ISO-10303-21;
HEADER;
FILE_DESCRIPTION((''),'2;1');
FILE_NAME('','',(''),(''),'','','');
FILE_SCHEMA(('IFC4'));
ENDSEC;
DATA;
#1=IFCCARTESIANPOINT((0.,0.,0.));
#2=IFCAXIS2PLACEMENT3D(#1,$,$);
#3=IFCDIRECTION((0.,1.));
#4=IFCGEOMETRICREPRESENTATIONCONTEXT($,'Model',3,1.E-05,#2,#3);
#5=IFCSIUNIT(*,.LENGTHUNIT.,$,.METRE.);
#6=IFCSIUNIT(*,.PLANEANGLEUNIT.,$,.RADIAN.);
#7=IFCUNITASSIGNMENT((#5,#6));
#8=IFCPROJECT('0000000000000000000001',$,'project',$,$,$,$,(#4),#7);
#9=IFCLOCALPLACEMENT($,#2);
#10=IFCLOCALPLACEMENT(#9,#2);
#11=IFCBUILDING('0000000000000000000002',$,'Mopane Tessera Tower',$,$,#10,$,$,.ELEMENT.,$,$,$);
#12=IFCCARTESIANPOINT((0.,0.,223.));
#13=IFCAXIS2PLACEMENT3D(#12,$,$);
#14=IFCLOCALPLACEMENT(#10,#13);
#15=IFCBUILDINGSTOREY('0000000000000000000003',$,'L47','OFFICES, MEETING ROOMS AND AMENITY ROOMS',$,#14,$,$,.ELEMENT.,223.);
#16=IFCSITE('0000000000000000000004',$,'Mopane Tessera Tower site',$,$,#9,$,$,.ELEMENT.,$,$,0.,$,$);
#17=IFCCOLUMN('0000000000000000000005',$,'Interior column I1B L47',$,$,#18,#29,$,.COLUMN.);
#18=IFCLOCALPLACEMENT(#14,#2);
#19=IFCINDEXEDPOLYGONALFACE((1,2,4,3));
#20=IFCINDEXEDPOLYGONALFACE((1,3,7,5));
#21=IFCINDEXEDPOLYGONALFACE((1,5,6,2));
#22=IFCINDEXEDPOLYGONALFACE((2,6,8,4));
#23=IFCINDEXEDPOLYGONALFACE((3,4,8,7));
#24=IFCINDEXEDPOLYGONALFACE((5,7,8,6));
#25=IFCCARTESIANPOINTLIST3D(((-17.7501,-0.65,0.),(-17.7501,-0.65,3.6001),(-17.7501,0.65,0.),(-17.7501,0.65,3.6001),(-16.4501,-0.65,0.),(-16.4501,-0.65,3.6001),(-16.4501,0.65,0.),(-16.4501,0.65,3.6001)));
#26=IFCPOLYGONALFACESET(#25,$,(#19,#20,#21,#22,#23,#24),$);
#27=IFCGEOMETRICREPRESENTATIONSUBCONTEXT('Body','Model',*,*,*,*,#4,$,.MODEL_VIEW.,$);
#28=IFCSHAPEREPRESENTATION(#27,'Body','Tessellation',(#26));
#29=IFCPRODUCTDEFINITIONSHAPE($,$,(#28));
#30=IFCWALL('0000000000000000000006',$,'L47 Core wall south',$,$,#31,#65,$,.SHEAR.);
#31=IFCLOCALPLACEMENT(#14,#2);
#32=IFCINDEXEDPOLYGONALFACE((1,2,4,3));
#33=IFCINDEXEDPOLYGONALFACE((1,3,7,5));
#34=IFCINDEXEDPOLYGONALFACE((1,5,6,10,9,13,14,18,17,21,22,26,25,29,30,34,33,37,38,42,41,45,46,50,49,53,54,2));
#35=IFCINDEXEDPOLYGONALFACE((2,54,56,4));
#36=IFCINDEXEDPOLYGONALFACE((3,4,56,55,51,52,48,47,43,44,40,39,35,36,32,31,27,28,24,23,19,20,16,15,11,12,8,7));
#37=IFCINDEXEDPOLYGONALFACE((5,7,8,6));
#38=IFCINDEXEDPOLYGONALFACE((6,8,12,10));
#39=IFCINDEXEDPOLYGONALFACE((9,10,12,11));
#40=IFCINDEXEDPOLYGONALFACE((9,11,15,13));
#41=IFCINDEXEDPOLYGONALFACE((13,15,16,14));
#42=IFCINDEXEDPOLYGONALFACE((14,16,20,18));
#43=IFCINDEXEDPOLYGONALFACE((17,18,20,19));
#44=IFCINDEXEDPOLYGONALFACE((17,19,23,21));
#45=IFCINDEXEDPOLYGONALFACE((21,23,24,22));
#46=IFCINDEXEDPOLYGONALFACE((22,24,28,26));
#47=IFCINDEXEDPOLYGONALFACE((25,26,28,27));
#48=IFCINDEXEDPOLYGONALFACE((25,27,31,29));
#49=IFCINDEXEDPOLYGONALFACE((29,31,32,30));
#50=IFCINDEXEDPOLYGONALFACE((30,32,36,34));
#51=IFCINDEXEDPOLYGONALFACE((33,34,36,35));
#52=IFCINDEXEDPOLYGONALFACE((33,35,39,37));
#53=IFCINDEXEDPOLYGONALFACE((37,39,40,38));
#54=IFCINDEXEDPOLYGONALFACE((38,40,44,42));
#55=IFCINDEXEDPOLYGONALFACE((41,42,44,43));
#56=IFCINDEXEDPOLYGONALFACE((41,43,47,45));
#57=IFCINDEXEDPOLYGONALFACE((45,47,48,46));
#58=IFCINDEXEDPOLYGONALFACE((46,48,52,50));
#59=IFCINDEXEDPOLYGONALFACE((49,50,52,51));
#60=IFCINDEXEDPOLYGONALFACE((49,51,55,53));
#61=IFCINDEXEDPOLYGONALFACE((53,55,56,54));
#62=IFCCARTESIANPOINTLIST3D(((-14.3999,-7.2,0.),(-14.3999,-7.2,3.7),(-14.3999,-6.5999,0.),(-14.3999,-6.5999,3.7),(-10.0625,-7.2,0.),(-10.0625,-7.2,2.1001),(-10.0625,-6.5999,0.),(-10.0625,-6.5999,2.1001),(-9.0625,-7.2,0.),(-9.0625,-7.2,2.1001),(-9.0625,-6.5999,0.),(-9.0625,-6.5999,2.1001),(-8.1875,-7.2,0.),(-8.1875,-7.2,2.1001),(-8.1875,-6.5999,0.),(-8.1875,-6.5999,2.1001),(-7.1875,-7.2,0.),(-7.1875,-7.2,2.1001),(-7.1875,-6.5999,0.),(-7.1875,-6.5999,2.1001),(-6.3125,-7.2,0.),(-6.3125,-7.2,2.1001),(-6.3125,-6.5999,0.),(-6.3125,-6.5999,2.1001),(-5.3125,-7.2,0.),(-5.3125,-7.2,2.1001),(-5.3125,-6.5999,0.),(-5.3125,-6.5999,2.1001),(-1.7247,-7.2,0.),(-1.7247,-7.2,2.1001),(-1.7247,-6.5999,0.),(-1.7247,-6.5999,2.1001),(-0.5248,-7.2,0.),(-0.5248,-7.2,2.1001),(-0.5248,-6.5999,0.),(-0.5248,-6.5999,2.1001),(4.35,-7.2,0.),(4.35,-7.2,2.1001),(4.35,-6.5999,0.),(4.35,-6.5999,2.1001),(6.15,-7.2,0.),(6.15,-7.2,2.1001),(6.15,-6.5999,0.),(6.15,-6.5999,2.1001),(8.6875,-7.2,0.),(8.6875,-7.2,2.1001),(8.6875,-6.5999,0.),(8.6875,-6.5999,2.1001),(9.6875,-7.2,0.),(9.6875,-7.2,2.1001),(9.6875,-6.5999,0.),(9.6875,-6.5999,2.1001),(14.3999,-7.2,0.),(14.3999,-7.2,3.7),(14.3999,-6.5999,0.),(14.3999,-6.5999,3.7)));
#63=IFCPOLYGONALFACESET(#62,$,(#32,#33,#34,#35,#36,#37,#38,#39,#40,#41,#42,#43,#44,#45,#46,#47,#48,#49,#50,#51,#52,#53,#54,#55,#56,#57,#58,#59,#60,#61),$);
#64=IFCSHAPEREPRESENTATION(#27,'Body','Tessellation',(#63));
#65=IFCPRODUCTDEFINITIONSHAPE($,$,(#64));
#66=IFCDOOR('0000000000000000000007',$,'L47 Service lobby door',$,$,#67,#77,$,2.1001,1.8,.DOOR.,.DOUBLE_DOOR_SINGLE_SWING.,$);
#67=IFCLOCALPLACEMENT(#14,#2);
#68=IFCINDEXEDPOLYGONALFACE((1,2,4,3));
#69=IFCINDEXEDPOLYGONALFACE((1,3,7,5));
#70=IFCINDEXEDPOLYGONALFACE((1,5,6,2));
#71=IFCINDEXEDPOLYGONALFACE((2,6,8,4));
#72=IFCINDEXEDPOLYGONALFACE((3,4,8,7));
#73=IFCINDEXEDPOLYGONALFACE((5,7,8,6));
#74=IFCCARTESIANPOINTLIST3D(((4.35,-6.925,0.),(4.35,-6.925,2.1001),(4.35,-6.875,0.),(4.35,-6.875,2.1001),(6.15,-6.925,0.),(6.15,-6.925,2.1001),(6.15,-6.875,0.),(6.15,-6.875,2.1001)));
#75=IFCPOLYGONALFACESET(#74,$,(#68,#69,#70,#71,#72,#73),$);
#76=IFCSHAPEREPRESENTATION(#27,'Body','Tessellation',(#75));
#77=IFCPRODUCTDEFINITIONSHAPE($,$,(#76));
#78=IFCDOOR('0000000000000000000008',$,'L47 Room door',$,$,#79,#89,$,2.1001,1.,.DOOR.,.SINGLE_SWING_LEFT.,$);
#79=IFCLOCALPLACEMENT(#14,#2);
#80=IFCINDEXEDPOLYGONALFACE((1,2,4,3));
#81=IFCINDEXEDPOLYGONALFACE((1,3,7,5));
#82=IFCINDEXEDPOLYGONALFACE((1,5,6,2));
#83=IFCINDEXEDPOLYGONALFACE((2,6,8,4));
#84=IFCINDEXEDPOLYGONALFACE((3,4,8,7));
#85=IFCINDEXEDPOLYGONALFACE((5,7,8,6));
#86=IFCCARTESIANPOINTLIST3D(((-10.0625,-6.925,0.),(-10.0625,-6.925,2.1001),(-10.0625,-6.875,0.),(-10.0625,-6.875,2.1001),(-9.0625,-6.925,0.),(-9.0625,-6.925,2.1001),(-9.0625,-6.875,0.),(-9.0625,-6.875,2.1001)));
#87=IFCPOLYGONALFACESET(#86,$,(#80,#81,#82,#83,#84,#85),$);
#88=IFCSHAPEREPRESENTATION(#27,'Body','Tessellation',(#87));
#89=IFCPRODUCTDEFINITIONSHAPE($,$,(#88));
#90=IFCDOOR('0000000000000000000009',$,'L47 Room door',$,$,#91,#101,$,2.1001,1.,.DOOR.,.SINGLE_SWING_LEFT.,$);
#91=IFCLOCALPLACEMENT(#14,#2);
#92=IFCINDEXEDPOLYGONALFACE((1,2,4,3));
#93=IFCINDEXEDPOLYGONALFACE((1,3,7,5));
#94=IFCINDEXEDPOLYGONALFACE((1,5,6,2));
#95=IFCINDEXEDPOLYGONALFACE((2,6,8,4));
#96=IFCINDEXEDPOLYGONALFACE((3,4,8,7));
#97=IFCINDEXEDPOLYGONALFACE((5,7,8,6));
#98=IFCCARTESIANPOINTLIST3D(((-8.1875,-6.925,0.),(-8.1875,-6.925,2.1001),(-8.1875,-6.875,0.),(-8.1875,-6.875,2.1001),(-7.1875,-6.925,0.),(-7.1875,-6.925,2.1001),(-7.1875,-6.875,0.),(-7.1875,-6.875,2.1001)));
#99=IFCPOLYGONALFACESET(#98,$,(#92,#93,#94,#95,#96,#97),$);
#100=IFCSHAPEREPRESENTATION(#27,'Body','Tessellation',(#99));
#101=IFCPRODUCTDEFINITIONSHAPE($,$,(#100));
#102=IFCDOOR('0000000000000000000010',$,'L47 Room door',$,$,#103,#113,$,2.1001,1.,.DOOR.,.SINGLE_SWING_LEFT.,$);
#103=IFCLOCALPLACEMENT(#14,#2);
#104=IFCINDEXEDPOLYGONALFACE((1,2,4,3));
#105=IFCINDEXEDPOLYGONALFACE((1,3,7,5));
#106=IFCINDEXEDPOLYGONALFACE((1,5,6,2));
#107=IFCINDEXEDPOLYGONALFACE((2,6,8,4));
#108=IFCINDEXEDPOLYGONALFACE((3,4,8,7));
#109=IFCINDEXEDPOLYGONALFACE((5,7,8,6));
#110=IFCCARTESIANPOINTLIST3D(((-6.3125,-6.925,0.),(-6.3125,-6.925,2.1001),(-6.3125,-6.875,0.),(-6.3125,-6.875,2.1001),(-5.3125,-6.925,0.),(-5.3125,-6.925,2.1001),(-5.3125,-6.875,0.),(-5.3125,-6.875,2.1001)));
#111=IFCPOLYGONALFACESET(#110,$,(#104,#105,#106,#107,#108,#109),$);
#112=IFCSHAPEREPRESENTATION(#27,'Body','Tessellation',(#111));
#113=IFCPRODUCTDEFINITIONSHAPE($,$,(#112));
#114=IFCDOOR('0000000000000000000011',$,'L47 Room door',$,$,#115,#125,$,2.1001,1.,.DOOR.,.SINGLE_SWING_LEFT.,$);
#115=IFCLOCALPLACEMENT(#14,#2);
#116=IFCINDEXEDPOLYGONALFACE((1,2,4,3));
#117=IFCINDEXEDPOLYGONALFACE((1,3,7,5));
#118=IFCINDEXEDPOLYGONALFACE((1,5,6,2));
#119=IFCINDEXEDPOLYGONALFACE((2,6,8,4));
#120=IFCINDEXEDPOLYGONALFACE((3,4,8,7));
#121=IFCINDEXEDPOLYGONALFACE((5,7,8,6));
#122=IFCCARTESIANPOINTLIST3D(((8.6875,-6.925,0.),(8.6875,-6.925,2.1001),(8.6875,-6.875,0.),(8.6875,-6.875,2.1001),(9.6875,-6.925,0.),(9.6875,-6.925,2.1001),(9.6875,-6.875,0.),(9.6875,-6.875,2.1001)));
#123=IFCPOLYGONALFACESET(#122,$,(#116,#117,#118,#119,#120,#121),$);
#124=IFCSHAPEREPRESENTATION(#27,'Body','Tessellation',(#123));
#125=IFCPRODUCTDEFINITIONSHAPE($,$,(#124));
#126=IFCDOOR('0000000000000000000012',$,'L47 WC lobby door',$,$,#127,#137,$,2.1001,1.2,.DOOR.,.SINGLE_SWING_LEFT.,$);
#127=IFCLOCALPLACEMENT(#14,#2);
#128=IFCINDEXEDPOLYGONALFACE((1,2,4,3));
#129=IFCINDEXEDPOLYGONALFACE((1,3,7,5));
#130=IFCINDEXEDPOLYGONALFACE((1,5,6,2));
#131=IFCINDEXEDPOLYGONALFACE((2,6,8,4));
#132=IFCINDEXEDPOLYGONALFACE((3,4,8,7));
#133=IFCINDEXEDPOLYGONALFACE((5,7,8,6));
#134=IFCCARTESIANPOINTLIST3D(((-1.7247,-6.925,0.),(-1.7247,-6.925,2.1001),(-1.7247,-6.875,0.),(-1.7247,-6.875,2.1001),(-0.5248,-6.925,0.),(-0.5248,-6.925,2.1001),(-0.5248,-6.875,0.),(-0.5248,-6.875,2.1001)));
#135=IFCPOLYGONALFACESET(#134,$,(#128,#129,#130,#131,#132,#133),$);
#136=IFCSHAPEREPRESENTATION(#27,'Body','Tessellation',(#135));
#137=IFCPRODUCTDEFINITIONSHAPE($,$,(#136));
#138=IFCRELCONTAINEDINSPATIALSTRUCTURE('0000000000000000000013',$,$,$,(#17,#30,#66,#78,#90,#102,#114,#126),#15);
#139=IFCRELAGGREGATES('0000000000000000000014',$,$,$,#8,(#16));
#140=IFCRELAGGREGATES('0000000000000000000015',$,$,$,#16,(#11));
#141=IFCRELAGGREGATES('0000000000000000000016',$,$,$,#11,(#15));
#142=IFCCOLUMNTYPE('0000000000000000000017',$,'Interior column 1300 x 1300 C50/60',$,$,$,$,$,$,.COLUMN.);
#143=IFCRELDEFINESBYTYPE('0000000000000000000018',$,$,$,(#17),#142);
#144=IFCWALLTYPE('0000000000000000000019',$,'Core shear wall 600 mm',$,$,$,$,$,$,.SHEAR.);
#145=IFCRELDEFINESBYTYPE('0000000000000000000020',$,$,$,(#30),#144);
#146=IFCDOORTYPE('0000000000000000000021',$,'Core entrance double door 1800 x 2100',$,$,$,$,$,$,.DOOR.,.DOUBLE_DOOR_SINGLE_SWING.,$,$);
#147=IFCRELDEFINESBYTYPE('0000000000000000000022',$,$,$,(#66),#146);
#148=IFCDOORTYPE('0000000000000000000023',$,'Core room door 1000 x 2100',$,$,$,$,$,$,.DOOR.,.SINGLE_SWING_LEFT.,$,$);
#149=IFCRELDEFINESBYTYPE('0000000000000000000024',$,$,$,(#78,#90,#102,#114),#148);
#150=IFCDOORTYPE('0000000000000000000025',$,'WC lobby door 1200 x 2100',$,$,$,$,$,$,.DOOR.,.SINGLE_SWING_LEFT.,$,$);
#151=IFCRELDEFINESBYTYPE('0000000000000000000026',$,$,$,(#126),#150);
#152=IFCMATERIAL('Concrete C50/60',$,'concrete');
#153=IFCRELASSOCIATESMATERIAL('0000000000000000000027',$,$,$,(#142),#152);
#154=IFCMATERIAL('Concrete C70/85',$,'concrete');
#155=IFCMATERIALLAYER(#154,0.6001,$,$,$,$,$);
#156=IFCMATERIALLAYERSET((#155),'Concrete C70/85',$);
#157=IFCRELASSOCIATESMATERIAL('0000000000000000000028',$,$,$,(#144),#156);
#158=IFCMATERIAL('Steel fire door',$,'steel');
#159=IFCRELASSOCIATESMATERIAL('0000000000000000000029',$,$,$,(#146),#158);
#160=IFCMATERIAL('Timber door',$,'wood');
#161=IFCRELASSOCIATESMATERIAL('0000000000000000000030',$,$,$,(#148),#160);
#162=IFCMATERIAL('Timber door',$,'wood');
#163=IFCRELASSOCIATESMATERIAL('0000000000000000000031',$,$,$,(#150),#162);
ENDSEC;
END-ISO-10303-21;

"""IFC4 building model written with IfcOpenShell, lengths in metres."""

from ifc_helpers import new_model, si_unit, direction, frame, frame_2d, origin, origin_2d, place, context, subcontext, project, spatial, rectangle, extrude, material, layer, layer_set, material_profile, profile_set, type_object, element, fill, save


model = new_model("IFC4")

# Units and contexts
model_context = context("Model", 3, precision=1e-05, world=origin(), true_north=direction((0.0, 1.0)))
body_context = subcontext(model_context, "Body", "Model", "MODEL_VIEW")
ifc_project = project(units=[si_unit("LENGTHUNIT", "METRE"), si_unit("PLANEANGLEUNIT", "RADIAN")], contexts=[model_context])

# Site, building, storey
site_placement = place(None, origin())
site = spatial("IfcSite", under=ifc_project, at=site_placement, Name="Mopane Tessera Tower site", CompositionType="ELEMENT", RefElevation=0.0)
building_placement = place(site_placement, origin())
building = spatial("IfcBuilding", under=site, at=building_placement, Name="Mopane Tessera Tower", CompositionType="ELEMENT")
storey_placement = place(building_placement, frame((0.0, 0.0, 223.0)))
storey = spatial("IfcBuildingStorey", under=building, at=storey_placement, Name="L47", Description="OFFICES, MEETING ROOMS AND AMENITY ROOMS", CompositionType="ELEMENT", Elevation=223.0)

# Column
ifc_material_1 = material(Name="Concrete C50/60", Category="concrete")
ifc_material_profile = material_profile(ifc_material_1, rectangle(XDim=1.3, YDim=1.3, at=origin_2d()))
ifc_profile_set = profile_set([ifc_material_profile], Name="Concrete C50/60")
column_type = type_object("IfcColumnType", Name="Interior column 1300 x 1300 C50/60", PredefinedType="COLUMN", material=ifc_profile_set)
column_placement = place(storey_placement, frame((-17.1001, 0.0, 0.0), z_axis=(0.0, 0.0, 1.0), x_axis=(1.0, 0.0, 0.0)))
element("IfcColumn", 1, at=column_placement, inside=storey, type_object=column_type, Name="Interior column I1B L47", PredefinedType="COLUMN", context=body_context, shape_type="SweptSolid", body=[
    extrude(rectangle(XDim=1.3, YDim=1.3, at=origin_2d()), origin(), (0.0, 0.0, 1.0), 3.6001),
])

# Wall, openings, doors
ifc_material_2 = material(Name="Concrete C70/85", Category="concrete")
ifc_layer = layer(ifc_material_2, 0.6001)
ifc_layer_set = layer_set([ifc_layer], Name="Concrete C70/85")
wall_type = type_object("IfcWallType", Name="Core shear wall 600 mm", PredefinedType="SHEAR", material=ifc_layer_set)
wall_1_placement = place(storey_placement, frame((-14.3999, -6.8999, 0.0), z_axis=(0.0, 0.0, 1.0), x_axis=(1.0, 0.0, 0.0)))
wall_1 = element("IfcWall", 2, at=wall_1_placement, inside=storey, type_object=wall_type, Name="L47 Core wall south", PredefinedType="SHEAR", context=body_context, shape_type="SweptSolid", body=[
    extrude(rectangle(XDim=28.7998, YDim=0.6001, at=frame_2d((14.3999, 0.0))), origin(), (0.0, 0.0, 1.0), 3.7),
])
opening_1_placement = place(wall_1_placement, frame((4.3374, 0.0, 0.0)))
opening_1 = element("IfcOpeningElement", 3, at=opening_1_placement, cuts=wall_1, PredefinedType="OPENING", context=body_context, shape_type="SweptSolid", body=[
    extrude(rectangle(XDim=1.0, YDim=2.1001, at=frame_2d((0.5, 1.05))), frame((0.0, 0.312, 0.0), z_axis=(0.0, -1.0, 0.0), x_axis=(1.0, 0.0, 0.0)), (0.0, 0.0, 1.0), 0.624),
])
opening_2_placement = place(wall_1_placement, frame((6.2124, 0.0, 0.0)))
opening_2 = element("IfcOpeningElement", 4, at=opening_2_placement, cuts=wall_1, PredefinedType="OPENING", context=body_context, shape_type="SweptSolid", body=[
    extrude(rectangle(XDim=1.0, YDim=2.1001, at=frame_2d((0.5, 1.05))), frame((0.0, 0.312, 0.0), z_axis=(0.0, -1.0, 0.0), x_axis=(1.0, 0.0, 0.0)), (0.0, 0.0, 1.0), 0.624),
])
opening_3_placement = place(wall_1_placement, frame((8.0874, 0.0, 0.0)))
opening_3 = element("IfcOpeningElement", 5, at=opening_3_placement, cuts=wall_1, PredefinedType="OPENING", context=body_context, shape_type="SweptSolid", body=[
    extrude(rectangle(XDim=1.0, YDim=2.1001, at=frame_2d((0.5, 1.05))), frame((0.0, 0.312, 0.0), z_axis=(0.0, -1.0, 0.0), x_axis=(1.0, 0.0, 0.0)), (0.0, 0.0, 1.0), 0.624),
])
opening_4_placement = place(wall_1_placement, frame((12.675, 0.0, 0.0)))
opening_4 = element("IfcOpeningElement", 6, at=opening_4_placement, cuts=wall_1, PredefinedType="OPENING", context=body_context, shape_type="SweptSolid", body=[
    extrude(rectangle(XDim=1.2, YDim=2.1001, at=frame_2d((0.6001, 1.05))), frame((0.0, 0.312, 0.0), z_axis=(0.0, -1.0, 0.0), x_axis=(1.0, 0.0, 0.0)), (0.0, 0.0, 1.0), 0.624),
])
opening_5_placement = place(wall_1_placement, frame((18.75, 0.0, 0.0)))
opening_5 = element("IfcOpeningElement", 7, at=opening_5_placement, cuts=wall_1, PredefinedType="OPENING", context=body_context, shape_type="SweptSolid", body=[
    extrude(rectangle(XDim=1.8, YDim=2.1001, at=frame_2d((0.8999, 1.05))), frame((0.0, 0.312, 0.0), z_axis=(0.0, -1.0, 0.0), x_axis=(1.0, 0.0, 0.0)), (0.0, 0.0, 1.0), 0.624),
])
opening_6_placement = place(wall_1_placement, frame((23.0874, 0.0, 0.0)))
opening_6 = element("IfcOpeningElement", 8, at=opening_6_placement, cuts=wall_1, PredefinedType="OPENING", context=body_context, shape_type="SweptSolid", body=[
    extrude(rectangle(XDim=1.0, YDim=2.1001, at=frame_2d((0.5, 1.05))), frame((0.0, 0.312, 0.0), z_axis=(0.0, -1.0, 0.0), x_axis=(1.0, 0.0, 0.0)), (0.0, 0.0, 1.0), 0.624),
])
ifc_material_3 = material(Name="Steel fire door", Category="steel")
door_type_1 = type_object("IfcDoorType", Name="Core entrance double door 1800 x 2100", OperationType="DOUBLE_DOOR_SINGLE_SWING", PredefinedType="DOOR", material=ifc_material_3)
door_1_placement = place(opening_5_placement, origin())
door_1 = element("IfcDoor", 9, at=door_1_placement, inside=storey, type_object=door_type_1, Name="L47 Service lobby door", OperationType="DOUBLE_DOOR_SINGLE_SWING", OverallHeight=2.1001, OverallWidth=1.8, PredefinedType="DOOR", context=body_context, shape_type="SweptSolid", body=[
    extrude(rectangle(XDim=1.8, YDim=2.1001, at=frame_2d((0.8999, 1.05))), frame((0.0, 0.0249, 0.0), z_axis=(0.0, -1.0, 0.0), x_axis=(1.0, 0.0, 0.0)), (0.0, 0.0, 1.0), 0.05),
])
fill(opening_5, door_1)
ifc_material_4 = material(Name="Timber door", Category="wood")
door_type_2 = type_object("IfcDoorType", Name="Core room door 1000 x 2100", OperationType="SINGLE_SWING_LEFT", PredefinedType="DOOR", material=ifc_material_4)
door_2_placement = place(opening_1_placement, origin())
door_2 = element("IfcDoor", 10, at=door_2_placement, inside=storey, type_object=door_type_2, Name="L47 Room door", OperationType="SINGLE_SWING_LEFT", OverallHeight=2.1001, OverallWidth=1.0, PredefinedType="DOOR", context=body_context, shape_type="SweptSolid", body=[
    extrude(rectangle(XDim=1.0, YDim=2.1001, at=frame_2d((0.5, 1.05))), frame((0.0, 0.0249, 0.0), z_axis=(0.0, -1.0, 0.0), x_axis=(1.0, 0.0, 0.0)), (0.0, 0.0, 1.0), 0.05),
])
fill(opening_1, door_2)
door_3_placement = place(opening_2_placement, origin())
door_3 = element("IfcDoor", 11, at=door_3_placement, inside=storey, type_object=door_type_2, Name="L47 Room door", OperationType="SINGLE_SWING_LEFT", OverallHeight=2.1001, OverallWidth=1.0, PredefinedType="DOOR", context=body_context, shape_type="SweptSolid", body=[
    extrude(rectangle(XDim=1.0, YDim=2.1001, at=frame_2d((0.5, 1.05))), frame((0.0, 0.0249, 0.0), z_axis=(0.0, -1.0, 0.0), x_axis=(1.0, 0.0, 0.0)), (0.0, 0.0, 1.0), 0.05),
])
fill(opening_2, door_3)
door_4_placement = place(opening_3_placement, origin())
door_4 = element("IfcDoor", 12, at=door_4_placement, inside=storey, type_object=door_type_2, Name="L47 Room door", OperationType="SINGLE_SWING_LEFT", OverallHeight=2.1001, OverallWidth=1.0, PredefinedType="DOOR", context=body_context, shape_type="SweptSolid", body=[
    extrude(rectangle(XDim=1.0, YDim=2.1001, at=frame_2d((0.5, 1.05))), frame((0.0, 0.0249, 0.0), z_axis=(0.0, -1.0, 0.0), x_axis=(1.0, 0.0, 0.0)), (0.0, 0.0, 1.0), 0.05),
])
fill(opening_3, door_4)
door_5_placement = place(opening_6_placement, origin())
door_5 = element("IfcDoor", 13, at=door_5_placement, inside=storey, type_object=door_type_2, Name="L47 Room door", OperationType="SINGLE_SWING_LEFT", OverallHeight=2.1001, OverallWidth=1.0, PredefinedType="DOOR", context=body_context, shape_type="SweptSolid", body=[
    extrude(rectangle(XDim=1.0, YDim=2.1001, at=frame_2d((0.5, 1.05))), frame((0.0, 0.0249, 0.0), z_axis=(0.0, -1.0, 0.0), x_axis=(1.0, 0.0, 0.0)), (0.0, 0.0, 1.0), 0.05),
])
fill(opening_6, door_5)
ifc_material_5 = material(Name="Timber door", Category="wood")
door_type_3 = type_object("IfcDoorType", Name="WC lobby door 1200 x 2100", OperationType="SINGLE_SWING_LEFT", PredefinedType="DOOR", material=ifc_material_5)
door_6_placement = place(opening_4_placement, origin())
door_6 = element("IfcDoor", 14, at=door_6_placement, inside=storey, type_object=door_type_3, Name="L47 WC lobby door", OperationType="SINGLE_SWING_LEFT", OverallHeight=2.1001, OverallWidth=1.2, PredefinedType="DOOR", context=body_context, shape_type="SweptSolid", body=[
    extrude(rectangle(XDim=1.2, YDim=2.1001, at=frame_2d((0.6001, 1.05))), frame((0.0, 0.0249, 0.0), z_axis=(0.0, -1.0, 0.0), x_axis=(1.0, 0.0, 0.0)), (0.0, 0.0, 1.0), 0.05),
])
fill(opening_4, door_6)

save(model, "model.ifc")
